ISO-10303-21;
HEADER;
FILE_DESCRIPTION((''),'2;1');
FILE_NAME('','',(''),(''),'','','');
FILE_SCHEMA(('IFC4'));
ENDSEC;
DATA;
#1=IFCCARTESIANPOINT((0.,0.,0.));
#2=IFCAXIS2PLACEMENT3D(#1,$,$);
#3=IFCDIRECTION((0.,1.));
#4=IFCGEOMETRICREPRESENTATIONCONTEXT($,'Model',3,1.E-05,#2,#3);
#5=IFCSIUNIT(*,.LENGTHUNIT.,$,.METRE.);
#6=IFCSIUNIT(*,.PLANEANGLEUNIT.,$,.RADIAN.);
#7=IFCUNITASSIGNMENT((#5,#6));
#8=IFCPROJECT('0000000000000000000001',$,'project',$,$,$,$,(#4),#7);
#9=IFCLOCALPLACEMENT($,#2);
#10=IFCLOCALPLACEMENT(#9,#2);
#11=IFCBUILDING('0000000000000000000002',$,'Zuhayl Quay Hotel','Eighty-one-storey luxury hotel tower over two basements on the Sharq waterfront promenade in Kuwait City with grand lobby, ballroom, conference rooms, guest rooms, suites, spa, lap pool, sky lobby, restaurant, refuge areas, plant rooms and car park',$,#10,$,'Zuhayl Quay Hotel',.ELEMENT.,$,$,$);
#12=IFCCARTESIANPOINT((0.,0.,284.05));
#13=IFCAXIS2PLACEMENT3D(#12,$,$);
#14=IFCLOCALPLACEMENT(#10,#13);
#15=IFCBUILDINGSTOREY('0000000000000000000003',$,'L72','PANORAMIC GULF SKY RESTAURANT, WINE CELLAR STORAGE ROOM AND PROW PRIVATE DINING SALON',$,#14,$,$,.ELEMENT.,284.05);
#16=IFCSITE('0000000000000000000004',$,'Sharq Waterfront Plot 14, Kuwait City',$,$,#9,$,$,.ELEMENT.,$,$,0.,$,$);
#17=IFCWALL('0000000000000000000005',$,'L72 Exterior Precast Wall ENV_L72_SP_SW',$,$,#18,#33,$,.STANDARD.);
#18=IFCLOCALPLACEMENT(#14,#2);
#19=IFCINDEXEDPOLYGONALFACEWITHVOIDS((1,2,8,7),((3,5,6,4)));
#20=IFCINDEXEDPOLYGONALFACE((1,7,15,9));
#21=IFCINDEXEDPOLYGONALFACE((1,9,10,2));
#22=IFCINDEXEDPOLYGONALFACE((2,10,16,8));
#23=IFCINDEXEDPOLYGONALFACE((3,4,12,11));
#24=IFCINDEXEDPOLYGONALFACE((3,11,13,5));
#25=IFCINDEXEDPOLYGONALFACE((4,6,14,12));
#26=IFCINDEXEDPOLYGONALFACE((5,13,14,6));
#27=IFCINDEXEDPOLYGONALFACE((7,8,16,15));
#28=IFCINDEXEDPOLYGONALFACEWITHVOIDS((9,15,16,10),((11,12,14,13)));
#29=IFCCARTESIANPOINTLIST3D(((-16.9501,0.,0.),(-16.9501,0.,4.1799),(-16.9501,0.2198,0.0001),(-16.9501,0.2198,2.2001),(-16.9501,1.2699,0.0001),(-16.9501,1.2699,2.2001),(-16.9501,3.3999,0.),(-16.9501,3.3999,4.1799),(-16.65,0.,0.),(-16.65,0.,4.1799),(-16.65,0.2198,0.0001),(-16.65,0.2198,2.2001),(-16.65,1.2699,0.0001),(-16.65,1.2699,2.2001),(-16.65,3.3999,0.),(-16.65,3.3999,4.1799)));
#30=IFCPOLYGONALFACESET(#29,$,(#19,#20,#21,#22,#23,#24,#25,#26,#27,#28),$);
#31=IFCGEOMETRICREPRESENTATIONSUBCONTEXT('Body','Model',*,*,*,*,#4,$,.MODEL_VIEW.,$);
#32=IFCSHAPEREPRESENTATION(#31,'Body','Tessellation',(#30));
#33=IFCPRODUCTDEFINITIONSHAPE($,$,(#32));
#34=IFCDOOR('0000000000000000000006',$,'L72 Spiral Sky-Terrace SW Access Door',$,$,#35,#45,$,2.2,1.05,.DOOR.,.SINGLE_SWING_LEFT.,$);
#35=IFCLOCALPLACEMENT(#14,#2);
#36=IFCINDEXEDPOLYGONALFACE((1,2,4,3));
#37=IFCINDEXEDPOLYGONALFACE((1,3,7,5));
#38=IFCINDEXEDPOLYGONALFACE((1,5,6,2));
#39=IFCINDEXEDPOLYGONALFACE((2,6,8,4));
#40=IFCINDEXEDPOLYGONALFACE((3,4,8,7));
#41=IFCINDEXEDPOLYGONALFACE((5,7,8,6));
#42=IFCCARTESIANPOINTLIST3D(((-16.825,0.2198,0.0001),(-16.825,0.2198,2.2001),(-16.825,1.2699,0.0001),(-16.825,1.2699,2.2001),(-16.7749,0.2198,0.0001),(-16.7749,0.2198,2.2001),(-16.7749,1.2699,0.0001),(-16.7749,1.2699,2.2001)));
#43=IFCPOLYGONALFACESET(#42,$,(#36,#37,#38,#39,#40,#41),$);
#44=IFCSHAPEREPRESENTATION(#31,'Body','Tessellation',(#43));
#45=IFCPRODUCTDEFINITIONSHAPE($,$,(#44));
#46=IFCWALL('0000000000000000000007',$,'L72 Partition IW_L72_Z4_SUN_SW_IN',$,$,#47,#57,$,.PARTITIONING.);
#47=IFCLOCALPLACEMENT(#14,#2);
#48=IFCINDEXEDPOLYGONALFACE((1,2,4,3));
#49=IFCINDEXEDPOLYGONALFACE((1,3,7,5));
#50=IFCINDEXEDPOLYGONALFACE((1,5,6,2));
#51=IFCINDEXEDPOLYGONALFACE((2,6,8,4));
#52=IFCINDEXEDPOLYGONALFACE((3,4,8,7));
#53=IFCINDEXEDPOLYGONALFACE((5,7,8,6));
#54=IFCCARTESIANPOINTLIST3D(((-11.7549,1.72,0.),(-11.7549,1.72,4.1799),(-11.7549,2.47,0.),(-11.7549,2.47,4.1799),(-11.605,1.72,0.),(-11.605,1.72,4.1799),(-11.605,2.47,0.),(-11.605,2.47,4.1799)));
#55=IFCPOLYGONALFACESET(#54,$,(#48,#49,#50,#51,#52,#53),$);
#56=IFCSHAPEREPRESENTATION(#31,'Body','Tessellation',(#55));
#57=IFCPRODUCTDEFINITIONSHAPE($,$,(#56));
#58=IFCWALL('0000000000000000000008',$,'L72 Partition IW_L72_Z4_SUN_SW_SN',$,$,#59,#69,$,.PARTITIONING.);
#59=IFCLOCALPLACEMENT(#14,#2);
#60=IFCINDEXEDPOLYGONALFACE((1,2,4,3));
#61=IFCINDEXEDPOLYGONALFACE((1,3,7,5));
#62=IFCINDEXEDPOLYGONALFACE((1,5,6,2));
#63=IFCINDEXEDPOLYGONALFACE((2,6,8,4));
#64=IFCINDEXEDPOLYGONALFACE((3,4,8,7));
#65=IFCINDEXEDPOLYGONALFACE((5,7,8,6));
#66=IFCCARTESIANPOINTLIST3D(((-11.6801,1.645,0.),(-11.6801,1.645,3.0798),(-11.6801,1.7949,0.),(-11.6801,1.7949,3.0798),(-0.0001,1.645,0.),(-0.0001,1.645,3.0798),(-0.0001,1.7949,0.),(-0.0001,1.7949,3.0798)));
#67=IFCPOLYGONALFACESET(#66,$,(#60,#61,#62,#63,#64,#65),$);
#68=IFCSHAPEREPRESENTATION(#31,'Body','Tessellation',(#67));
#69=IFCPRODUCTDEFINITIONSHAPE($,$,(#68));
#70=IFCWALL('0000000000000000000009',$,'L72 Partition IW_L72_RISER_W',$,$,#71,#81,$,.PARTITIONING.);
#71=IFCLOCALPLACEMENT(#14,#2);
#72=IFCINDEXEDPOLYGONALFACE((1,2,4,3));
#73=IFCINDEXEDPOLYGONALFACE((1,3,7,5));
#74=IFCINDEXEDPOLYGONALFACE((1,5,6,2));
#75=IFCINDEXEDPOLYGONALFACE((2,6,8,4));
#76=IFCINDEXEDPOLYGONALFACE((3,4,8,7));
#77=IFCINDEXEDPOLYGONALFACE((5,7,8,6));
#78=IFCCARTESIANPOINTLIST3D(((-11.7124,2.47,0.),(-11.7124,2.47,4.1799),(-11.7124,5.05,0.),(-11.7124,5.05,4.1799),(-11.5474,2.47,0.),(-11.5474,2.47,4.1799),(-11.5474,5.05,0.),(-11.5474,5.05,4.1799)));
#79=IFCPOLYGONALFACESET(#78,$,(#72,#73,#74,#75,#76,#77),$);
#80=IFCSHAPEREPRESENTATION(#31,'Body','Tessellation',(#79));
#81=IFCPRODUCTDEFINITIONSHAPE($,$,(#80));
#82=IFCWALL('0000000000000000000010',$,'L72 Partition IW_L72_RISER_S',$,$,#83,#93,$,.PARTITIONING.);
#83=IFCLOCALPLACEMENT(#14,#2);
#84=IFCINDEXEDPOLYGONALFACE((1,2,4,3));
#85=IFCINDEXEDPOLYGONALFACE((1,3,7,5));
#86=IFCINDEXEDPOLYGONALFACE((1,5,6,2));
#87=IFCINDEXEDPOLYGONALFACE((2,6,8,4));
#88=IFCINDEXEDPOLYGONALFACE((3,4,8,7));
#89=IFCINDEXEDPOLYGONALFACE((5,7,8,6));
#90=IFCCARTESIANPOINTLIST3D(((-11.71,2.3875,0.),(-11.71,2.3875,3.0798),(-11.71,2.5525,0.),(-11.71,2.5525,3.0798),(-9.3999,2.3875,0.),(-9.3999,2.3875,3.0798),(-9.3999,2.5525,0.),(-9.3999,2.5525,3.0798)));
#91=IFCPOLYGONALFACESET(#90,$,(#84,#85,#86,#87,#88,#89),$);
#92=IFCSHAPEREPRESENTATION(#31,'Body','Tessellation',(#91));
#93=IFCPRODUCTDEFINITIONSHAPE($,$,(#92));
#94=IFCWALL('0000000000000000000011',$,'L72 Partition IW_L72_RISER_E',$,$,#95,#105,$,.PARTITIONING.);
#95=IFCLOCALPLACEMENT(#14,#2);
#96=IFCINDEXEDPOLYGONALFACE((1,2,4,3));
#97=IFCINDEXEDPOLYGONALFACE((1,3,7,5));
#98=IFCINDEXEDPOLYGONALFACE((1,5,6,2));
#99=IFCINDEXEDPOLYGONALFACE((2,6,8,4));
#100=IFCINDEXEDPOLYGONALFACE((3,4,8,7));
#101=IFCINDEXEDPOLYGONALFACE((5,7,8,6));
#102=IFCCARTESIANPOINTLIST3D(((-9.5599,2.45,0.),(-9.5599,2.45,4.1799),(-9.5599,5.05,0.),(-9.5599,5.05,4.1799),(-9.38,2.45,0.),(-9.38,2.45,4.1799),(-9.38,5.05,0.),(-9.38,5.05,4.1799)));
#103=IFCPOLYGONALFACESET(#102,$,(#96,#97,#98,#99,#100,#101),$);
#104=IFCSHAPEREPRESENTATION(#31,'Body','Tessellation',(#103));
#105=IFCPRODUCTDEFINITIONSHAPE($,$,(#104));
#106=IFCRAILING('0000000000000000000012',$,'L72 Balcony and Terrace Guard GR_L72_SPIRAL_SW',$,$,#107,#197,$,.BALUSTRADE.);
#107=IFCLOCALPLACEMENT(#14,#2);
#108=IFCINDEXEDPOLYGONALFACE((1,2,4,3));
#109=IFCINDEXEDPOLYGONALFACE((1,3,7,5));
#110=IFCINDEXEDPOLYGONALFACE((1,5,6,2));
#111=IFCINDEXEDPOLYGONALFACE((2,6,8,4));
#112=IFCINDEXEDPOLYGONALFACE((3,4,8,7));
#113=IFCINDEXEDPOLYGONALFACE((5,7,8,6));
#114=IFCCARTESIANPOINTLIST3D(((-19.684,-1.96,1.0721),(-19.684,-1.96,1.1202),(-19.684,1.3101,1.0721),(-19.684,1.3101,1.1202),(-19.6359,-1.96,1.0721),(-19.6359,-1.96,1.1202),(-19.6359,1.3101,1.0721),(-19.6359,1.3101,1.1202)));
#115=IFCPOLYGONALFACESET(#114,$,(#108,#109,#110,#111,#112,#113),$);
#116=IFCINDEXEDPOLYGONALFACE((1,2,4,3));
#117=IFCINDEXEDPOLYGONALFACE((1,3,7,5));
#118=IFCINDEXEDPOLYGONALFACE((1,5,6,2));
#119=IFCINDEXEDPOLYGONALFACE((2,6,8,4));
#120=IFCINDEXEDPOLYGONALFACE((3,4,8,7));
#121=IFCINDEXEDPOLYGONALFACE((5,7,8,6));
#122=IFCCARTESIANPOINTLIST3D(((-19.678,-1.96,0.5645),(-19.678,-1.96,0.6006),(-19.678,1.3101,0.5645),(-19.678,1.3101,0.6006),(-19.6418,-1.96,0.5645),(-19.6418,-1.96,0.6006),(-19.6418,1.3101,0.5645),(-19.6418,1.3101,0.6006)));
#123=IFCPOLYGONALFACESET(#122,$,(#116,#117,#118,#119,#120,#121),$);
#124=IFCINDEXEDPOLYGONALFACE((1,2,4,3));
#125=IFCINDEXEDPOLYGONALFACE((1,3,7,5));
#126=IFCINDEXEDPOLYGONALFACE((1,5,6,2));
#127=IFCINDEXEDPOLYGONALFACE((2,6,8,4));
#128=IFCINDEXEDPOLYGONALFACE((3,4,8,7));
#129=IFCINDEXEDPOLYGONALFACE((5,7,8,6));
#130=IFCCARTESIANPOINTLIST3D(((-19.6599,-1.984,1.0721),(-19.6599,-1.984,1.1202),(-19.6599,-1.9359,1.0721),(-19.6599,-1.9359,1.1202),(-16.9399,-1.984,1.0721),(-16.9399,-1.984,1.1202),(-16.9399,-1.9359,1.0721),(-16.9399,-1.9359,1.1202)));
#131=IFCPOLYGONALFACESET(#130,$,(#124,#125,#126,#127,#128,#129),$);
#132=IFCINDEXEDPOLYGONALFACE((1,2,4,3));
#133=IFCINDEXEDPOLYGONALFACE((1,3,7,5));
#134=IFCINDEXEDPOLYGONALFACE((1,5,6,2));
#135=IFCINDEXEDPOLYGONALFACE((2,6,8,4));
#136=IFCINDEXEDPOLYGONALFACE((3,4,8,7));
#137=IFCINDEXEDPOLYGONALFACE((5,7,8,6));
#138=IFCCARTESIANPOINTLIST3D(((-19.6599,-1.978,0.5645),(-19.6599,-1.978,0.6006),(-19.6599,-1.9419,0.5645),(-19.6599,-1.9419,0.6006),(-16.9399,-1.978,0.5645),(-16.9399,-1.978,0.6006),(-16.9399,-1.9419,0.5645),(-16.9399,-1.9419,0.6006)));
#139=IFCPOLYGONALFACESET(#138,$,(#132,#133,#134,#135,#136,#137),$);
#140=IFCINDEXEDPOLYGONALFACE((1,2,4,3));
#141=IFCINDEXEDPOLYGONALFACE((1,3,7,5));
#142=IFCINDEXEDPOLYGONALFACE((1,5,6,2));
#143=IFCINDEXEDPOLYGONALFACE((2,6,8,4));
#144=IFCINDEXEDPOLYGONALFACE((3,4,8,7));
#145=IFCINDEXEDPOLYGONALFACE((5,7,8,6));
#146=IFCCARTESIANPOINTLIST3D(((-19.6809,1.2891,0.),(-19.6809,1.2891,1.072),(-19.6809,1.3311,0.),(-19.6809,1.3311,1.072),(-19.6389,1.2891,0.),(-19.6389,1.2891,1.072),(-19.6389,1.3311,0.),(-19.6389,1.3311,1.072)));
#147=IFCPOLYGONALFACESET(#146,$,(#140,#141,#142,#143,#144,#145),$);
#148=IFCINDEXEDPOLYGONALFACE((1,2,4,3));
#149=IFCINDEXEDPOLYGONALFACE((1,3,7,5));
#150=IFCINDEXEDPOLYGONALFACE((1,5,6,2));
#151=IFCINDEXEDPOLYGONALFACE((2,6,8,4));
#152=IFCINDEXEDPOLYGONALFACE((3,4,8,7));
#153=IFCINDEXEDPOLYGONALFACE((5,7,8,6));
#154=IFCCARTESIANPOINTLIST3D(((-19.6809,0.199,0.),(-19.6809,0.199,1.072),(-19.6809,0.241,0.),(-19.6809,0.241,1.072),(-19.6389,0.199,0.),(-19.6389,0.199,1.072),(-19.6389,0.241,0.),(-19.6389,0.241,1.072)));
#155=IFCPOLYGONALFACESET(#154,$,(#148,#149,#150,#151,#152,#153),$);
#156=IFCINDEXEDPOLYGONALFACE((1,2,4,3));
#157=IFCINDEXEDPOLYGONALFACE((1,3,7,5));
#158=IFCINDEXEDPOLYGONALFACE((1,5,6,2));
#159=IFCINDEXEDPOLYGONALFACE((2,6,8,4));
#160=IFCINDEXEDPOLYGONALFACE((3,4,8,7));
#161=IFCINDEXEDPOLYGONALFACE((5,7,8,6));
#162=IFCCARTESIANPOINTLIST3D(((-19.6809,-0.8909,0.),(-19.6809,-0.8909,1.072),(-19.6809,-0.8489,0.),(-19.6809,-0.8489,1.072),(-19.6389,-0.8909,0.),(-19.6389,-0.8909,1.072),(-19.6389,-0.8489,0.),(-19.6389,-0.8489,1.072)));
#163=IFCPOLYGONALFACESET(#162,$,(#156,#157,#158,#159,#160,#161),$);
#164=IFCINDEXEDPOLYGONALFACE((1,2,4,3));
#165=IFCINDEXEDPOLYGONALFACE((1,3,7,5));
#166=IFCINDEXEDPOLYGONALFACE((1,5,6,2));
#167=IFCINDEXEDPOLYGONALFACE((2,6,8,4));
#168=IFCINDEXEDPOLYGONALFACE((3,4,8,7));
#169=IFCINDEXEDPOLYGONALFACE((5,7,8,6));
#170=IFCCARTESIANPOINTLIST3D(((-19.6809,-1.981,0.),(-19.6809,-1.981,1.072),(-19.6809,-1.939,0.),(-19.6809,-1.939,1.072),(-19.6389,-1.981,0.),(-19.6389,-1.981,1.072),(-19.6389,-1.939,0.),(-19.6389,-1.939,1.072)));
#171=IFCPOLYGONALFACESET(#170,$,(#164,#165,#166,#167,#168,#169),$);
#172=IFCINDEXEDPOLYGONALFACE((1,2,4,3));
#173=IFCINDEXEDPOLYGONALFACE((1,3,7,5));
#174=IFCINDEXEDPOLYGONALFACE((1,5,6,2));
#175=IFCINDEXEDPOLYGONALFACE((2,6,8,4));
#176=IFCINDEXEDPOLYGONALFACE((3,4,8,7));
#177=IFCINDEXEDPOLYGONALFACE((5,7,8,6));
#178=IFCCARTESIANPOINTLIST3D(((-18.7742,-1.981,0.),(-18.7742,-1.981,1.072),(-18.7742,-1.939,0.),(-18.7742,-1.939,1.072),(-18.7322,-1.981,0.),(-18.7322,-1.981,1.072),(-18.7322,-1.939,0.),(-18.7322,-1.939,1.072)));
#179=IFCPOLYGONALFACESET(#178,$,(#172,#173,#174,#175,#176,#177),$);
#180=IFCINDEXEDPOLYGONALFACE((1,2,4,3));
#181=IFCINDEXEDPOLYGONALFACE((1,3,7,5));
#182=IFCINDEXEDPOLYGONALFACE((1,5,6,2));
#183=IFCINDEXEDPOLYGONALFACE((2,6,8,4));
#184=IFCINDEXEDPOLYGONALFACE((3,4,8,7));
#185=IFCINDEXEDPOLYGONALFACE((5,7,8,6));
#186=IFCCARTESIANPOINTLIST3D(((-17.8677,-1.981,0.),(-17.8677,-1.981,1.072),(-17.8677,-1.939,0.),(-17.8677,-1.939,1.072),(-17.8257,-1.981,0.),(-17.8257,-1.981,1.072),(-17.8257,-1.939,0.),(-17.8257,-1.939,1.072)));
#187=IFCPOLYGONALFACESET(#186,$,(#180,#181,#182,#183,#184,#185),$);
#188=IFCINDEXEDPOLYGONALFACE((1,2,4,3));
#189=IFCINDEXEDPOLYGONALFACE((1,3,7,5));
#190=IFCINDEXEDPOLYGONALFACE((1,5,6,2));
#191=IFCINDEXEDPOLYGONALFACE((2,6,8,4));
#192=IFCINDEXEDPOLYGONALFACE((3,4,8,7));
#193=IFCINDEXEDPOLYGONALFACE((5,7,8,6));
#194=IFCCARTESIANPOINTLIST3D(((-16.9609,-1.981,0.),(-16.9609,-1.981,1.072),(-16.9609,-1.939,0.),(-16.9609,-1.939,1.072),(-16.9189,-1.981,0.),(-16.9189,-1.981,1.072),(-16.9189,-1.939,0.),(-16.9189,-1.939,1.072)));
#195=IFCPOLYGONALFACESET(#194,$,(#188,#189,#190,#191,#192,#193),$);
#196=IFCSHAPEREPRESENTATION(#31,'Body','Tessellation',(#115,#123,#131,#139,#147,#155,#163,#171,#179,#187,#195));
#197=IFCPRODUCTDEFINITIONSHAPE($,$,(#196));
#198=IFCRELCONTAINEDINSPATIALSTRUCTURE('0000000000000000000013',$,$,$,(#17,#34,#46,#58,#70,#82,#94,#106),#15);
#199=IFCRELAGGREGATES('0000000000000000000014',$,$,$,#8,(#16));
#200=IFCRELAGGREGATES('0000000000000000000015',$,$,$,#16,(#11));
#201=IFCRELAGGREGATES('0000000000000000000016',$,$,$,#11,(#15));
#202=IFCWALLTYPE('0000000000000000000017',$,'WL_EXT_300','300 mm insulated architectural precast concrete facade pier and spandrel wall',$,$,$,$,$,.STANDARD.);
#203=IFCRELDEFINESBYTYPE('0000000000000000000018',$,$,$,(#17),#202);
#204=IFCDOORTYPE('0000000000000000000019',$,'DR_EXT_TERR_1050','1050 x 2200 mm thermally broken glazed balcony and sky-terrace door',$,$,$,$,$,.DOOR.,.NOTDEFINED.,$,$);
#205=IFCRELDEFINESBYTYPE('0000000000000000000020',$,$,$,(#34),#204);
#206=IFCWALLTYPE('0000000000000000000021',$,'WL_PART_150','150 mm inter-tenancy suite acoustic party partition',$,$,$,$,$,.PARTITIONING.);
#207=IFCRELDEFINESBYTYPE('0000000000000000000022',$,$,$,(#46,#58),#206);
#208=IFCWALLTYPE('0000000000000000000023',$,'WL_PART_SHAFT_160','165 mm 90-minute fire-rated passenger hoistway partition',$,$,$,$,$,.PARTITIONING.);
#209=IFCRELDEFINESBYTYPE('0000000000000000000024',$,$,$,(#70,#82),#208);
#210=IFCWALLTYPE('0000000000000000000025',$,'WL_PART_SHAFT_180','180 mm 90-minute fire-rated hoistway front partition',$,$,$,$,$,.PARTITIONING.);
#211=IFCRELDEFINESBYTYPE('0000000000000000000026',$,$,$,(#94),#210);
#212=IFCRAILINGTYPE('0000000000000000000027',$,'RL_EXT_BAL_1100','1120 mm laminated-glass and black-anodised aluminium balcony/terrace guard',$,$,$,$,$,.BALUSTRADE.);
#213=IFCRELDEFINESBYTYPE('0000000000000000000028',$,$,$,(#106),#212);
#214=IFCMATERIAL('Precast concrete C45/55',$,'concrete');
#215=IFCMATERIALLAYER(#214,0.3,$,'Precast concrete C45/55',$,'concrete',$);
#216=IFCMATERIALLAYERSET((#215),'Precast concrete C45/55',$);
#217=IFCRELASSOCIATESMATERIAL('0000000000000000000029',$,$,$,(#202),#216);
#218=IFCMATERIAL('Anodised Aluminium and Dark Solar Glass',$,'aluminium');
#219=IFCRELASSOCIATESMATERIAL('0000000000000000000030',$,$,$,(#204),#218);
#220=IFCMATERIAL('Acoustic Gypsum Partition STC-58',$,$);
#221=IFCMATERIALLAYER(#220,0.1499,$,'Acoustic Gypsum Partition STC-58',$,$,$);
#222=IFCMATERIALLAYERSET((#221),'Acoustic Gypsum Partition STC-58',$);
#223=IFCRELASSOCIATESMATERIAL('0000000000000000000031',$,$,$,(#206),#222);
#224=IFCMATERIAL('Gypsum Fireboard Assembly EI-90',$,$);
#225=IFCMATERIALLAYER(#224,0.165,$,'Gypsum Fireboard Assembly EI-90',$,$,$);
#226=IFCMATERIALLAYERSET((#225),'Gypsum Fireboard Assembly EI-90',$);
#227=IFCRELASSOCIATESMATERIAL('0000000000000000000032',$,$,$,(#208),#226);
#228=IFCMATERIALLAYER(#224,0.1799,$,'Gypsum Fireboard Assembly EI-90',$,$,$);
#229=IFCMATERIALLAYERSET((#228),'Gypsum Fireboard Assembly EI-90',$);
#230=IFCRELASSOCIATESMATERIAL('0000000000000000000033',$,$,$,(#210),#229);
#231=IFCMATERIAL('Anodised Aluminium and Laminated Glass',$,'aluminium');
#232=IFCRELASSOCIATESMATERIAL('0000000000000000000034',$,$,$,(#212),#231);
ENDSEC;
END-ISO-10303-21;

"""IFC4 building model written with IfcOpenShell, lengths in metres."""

from ifc_helpers import new_model, si_unit, direction, frame, frame_2d, origin, origin_2d, place, context, subcontext, project, spatial, rectangle, extrude, material, layer, layer_set, type_object, element, fill, save


model = new_model("IFC4")

# Units and contexts
model_context = context("Model", 3, precision=1e-05, world=origin(), true_north=direction((0.0, 1.0)))
body_context = subcontext(model_context, "Body", "Model", "MODEL_VIEW")
ifc_project = project(units=[si_unit("LENGTHUNIT", "METRE"), si_unit("PLANEANGLEUNIT", "RADIAN")], contexts=[model_context])

# Site, building, storey
site_placement = place(None, origin())
site = spatial("IfcSite", under=ifc_project, at=site_placement, Name="Sharq Waterfront Plot 14, Kuwait City", CompositionType="ELEMENT", RefElevation=0.0)
building_placement = place(site_placement, origin())
building = spatial("IfcBuilding", under=site, at=building_placement, Name="Zuhayl Quay Hotel", Description="Eighty-one-storey luxury hotel tower over two basements on the Sharq waterfront promenade in Kuwait City with grand lobby, ballroom, conference rooms, guest rooms, suites, spa, lap pool, sky lobby, restaurant, refuge areas, plant rooms and car park", LongName="Zuhayl Quay Hotel", CompositionType="ELEMENT")
storey_placement = place(building_placement, frame((0.0, 0.0, 284.05)))
storey = spatial("IfcBuildingStorey", under=building, at=storey_placement, Name="L72", Description="PANORAMIC GULF SKY RESTAURANT, WINE CELLAR STORAGE ROOM AND PROW PRIVATE DINING SALON", CompositionType="ELEMENT", Elevation=284.05)

# Shared definitions
ifc_material_1 = material(Name="Precast concrete C45/55", Category="concrete")
ifc_layer_1 = layer(ifc_material_1, 0.3, Name="Precast concrete C45/55", Category="concrete")
ifc_layer_set_1 = layer_set([ifc_layer_1], Name="Precast concrete C45/55")
wall_type_1 = type_object("IfcWallType", Name="WL_EXT_300", Description="300 mm insulated architectural precast concrete facade pier and spandrel wall", PredefinedType="STANDARD", material=ifc_layer_set_1)

# Wall, opening, door
wall_1_placement = place(storey_placement, frame((-16.8, 0.0, 0.0), z_axis=(0.0, 0.0, 1.0), x_axis=(0.0, 1.0, 0.0)))
wall_1 = element("IfcWall", 1, at=wall_1_placement, inside=storey, type_object=wall_type_1, Name="L72 Exterior Precast Wall ENV_L72_SP_SW", PredefinedType="STANDARD", context=body_context, shape_type="SweptSolid", body=[
    extrude(rectangle(XDim=3.3999, YDim=0.3, at=frame_2d((1.7, 0.0))), origin(), (0.0, 0.0, 1.0), 4.1799),
])
opening_1_placement = place(wall_1_placement, frame((0.22, 0.0, 0.0)))
opening_1 = element("IfcOpeningElement", 2, at=opening_1_placement, cuts=wall_1, PredefinedType="OPENING", context=body_context, shape_type="SweptSolid", body=[
    extrude(rectangle(XDim=1.05, YDim=2.2, at=frame_2d((0.5249, 1.1001))), frame((0.0, 0.1599, 0.0), z_axis=(0.0, -1.0, 0.0), x_axis=(1.0, 0.0, 0.0)), (0.0, 0.0, 1.0), 0.3201),
])
ifc_material_2 = material(Name="Anodised Aluminium and Dark Solar Glass", Category="aluminium")
door_type = type_object("IfcDoorType", Name="DR_EXT_TERR_1050", Description="1050 x 2200 mm thermally broken glazed balcony and sky-terrace door", OperationType="NOTDEFINED", PredefinedType="DOOR", material=ifc_material_2)
door_placement = place(opening_1_placement, origin())
door = element("IfcDoor", 3, at=door_placement, inside=storey, type_object=door_type, Name="L72 Spiral Sky-Terrace SW Access Door", OperationType="SINGLE_SWING_LEFT", OverallHeight=2.2, OverallWidth=1.05, PredefinedType="DOOR", context=body_context, shape_type="SweptSolid", body=[
    extrude(rectangle(XDim=1.05, YDim=2.2, at=frame_2d((0.5249, 1.1001))), frame((0.0, 0.0249, 0.0), z_axis=(0.0, -1.0, 0.0), x_axis=(1.0, 0.0, 0.0)), (0.0, 0.0, 1.0), 0.05),
])
fill(opening_1, door)

# Walls
ifc_material_3 = material(Name="Acoustic Gypsum Partition STC-58")
ifc_layer_2 = layer(ifc_material_3, 0.1499, Name="Acoustic Gypsum Partition STC-58")
ifc_layer_set_2 = layer_set([ifc_layer_2], Name="Acoustic Gypsum Partition STC-58")
wall_type_2 = type_object("IfcWallType", Name="WL_PART_150", Description="150 mm inter-tenancy suite acoustic party partition", PredefinedType="PARTITIONING", material=ifc_layer_set_2)
wall_2_placement = place(storey_placement, frame((-11.6799, 1.72, 0.0), z_axis=(0.0, 0.0, 1.0), x_axis=(0.0, 1.0, 0.0)))
element("IfcWall", 4, at=wall_2_placement, inside=storey, type_object=wall_type_2, Name="L72 Partition IW_L72_Z4_SUN_SW_IN", PredefinedType="PARTITIONING", context=body_context, shape_type="SweptSolid", body=[
    extrude(rectangle(XDim=0.75, YDim=0.1499, at=frame_2d((0.375, 0.0))), origin(), (0.0, 0.0, 1.0), 4.1799),
])
wall_3_placement = place(storey_placement, frame((-11.6799, 1.72, 0.0), z_axis=(0.0, 0.0, 1.0), x_axis=(1.0, 0.0, 0.0)))
element("IfcWall", 5, at=wall_3_placement, inside=storey, type_object=wall_type_2, Name="L72 Partition IW_L72_Z4_SUN_SW_SN", PredefinedType="PARTITIONING", context=body_context, shape_type="SweptSolid", body=[
    extrude(rectangle(XDim=11.6799, YDim=0.1499, at=frame_2d((5.8398, 0.0))), origin(), (0.0, 0.0, 1.0), 3.0798),
])
ifc_material_4 = material(Name="Gypsum Fireboard Assembly EI-90")
ifc_layer_3 = layer(ifc_material_4, 0.165, Name="Gypsum Fireboard Assembly EI-90")
ifc_layer_set_3 = layer_set([ifc_layer_3], Name="Gypsum Fireboard Assembly EI-90")
wall_type_3 = type_object("IfcWallType", Name="WL_PART_SHAFT_160", Description="165 mm 90-minute fire-rated passenger hoistway partition", PredefinedType="PARTITIONING", material=ifc_layer_set_3)
wall_4_placement = place(storey_placement, frame((-11.6299, 2.47, 0.0), z_axis=(0.0, 0.0, 1.0), x_axis=(0.0, 1.0, 0.0)))
element("IfcWall", 6, at=wall_4_placement, inside=storey, type_object=wall_type_3, Name="L72 Partition IW_L72_RISER_W", PredefinedType="PARTITIONING", context=body_context, shape_type="SweptSolid", body=[
    extrude(rectangle(XDim=2.5801, YDim=0.165, at=frame_2d((1.29, 0.0))), origin(), (0.0, 0.0, 1.0), 4.1799),
])
wall_5_placement = place(storey_placement, frame((-11.71, 2.47, 0.0), z_axis=(0.0, 0.0, 1.0), x_axis=(1.0, 0.0, 0.0)))
element("IfcWall", 7, at=wall_5_placement, inside=storey, type_object=wall_type_3, Name="L72 Partition IW_L72_RISER_S", PredefinedType="PARTITIONING", context=body_context, shape_type="SweptSolid", body=[
    extrude(rectangle(XDim=2.3101, YDim=0.165, at=frame_2d((1.155, 0.0))), origin(), (0.0, 0.0, 1.0), 3.0798),
])
ifc_layer_4 = layer(ifc_material_4, 0.1799, Name="Gypsum Fireboard Assembly EI-90")
ifc_layer_set_4 = layer_set([ifc_layer_4], Name="Gypsum Fireboard Assembly EI-90")
wall_type_4 = type_object("IfcWallType", Name="WL_PART_SHAFT_180", Description="180 mm 90-minute fire-rated hoistway front partition", PredefinedType="PARTITIONING", material=ifc_layer_set_4)
wall_6_placement = place(storey_placement, frame((-9.47, 2.45, 0.0), z_axis=(0.0, 0.0, 1.0), x_axis=(0.0, 1.0, 0.0)))
element("IfcWall", 8, at=wall_6_placement, inside=storey, type_object=wall_type_4, Name="L72 Partition IW_L72_RISER_E", PredefinedType="PARTITIONING", context=body_context, shape_type="SweptSolid", body=[
    extrude(rectangle(XDim=2.6001, YDim=0.1799, at=frame_2d((1.3, 0.0))), origin(), (0.0, 0.0, 1.0), 4.1799),
])

# Railing
ifc_material_5 = material(Name="Anodised Aluminium and Laminated Glass", Category="aluminium")
railing_type = type_object("IfcRailingType", Name="RL_EXT_BAL_1100", Description="1120 mm laminated-glass and black-anodised aluminium balcony/terrace guard", PredefinedType="BALUSTRADE", material=ifc_material_5)
railing_1_placement = place(storey_placement, frame((-19.6599, 1.3101, 0.0)))
element("IfcRailing", 9, at=railing_1_placement, inside=storey, type_object=railing_type, Name="L72 Balcony and Terrace Guard GR_L72_SPIRAL_SW", PredefinedType="BALUSTRADE", context=body_context, shape_type="SweptSolid", body=[
    extrude(rectangle(XDim=0.0481, YDim=0.0481, at=origin_2d()), frame((0.0, 0.0, 1.0962), z_axis=(0.0, -1.0, 0.0), x_axis=(1.0, 0.0, 0.0)), (0.0, 0.0, 1.0), 3.27),
    extrude(rectangle(XDim=0.0361, YDim=0.0361, at=origin_2d()), frame((0.0, 0.0, 0.5825), z_axis=(0.0, -1.0, 0.0), x_axis=(1.0, 0.0, 0.0)), (0.0, 0.0, 1.0), 3.27),
    extrude(rectangle(XDim=0.0481, YDim=0.0481, at=origin_2d()), frame((0.0, -3.27, 1.0962), z_axis=(1.0, 0.0, 0.0), x_axis=(0.0, 1.0, 0.0)), (0.0, 0.0, 1.0), 2.72),
    extrude(rectangle(XDim=0.0361, YDim=0.0361, at=origin_2d()), frame((0.0, -3.27, 0.5825), z_axis=(1.0, 0.0, 0.0), x_axis=(0.0, 1.0, 0.0)), (0.0, 0.0, 1.0), 2.72),
    extrude(rectangle(XDim=0.042, YDim=0.042, at=origin_2d()), origin(), (0.0, 0.0, 1.0), 1.072),
    extrude(rectangle(XDim=0.042, YDim=0.042, at=origin_2d()), frame((0.0, -1.0901, 0.0)), (0.0, 0.0, 1.0), 1.072),
    extrude(rectangle(XDim=0.042, YDim=0.042, at=origin_2d()), frame((0.0, -2.1799, 0.0)), (0.0, 0.0, 1.0), 1.072),
    extrude(rectangle(XDim=0.042, YDim=0.042, at=origin_2d()), frame((0.0, -3.27, 0.0)), (0.0, 0.0, 1.0), 1.072),
    extrude(rectangle(XDim=0.042, YDim=0.042, at=origin_2d()), frame((0.9067, -3.27, 0.0)), (0.0, 0.0, 1.0), 1.072),
    extrude(rectangle(XDim=0.042, YDim=0.042, at=origin_2d()), frame((1.8132, -3.27, 0.0)), (0.0, 0.0, 1.0), 1.072),
    extrude(rectangle(XDim=0.042, YDim=0.042, at=origin_2d()), frame((2.72, -3.27, 0.0)), (0.0, 0.0, 1.0), 1.072),
])

save(model, "model.ifc")
